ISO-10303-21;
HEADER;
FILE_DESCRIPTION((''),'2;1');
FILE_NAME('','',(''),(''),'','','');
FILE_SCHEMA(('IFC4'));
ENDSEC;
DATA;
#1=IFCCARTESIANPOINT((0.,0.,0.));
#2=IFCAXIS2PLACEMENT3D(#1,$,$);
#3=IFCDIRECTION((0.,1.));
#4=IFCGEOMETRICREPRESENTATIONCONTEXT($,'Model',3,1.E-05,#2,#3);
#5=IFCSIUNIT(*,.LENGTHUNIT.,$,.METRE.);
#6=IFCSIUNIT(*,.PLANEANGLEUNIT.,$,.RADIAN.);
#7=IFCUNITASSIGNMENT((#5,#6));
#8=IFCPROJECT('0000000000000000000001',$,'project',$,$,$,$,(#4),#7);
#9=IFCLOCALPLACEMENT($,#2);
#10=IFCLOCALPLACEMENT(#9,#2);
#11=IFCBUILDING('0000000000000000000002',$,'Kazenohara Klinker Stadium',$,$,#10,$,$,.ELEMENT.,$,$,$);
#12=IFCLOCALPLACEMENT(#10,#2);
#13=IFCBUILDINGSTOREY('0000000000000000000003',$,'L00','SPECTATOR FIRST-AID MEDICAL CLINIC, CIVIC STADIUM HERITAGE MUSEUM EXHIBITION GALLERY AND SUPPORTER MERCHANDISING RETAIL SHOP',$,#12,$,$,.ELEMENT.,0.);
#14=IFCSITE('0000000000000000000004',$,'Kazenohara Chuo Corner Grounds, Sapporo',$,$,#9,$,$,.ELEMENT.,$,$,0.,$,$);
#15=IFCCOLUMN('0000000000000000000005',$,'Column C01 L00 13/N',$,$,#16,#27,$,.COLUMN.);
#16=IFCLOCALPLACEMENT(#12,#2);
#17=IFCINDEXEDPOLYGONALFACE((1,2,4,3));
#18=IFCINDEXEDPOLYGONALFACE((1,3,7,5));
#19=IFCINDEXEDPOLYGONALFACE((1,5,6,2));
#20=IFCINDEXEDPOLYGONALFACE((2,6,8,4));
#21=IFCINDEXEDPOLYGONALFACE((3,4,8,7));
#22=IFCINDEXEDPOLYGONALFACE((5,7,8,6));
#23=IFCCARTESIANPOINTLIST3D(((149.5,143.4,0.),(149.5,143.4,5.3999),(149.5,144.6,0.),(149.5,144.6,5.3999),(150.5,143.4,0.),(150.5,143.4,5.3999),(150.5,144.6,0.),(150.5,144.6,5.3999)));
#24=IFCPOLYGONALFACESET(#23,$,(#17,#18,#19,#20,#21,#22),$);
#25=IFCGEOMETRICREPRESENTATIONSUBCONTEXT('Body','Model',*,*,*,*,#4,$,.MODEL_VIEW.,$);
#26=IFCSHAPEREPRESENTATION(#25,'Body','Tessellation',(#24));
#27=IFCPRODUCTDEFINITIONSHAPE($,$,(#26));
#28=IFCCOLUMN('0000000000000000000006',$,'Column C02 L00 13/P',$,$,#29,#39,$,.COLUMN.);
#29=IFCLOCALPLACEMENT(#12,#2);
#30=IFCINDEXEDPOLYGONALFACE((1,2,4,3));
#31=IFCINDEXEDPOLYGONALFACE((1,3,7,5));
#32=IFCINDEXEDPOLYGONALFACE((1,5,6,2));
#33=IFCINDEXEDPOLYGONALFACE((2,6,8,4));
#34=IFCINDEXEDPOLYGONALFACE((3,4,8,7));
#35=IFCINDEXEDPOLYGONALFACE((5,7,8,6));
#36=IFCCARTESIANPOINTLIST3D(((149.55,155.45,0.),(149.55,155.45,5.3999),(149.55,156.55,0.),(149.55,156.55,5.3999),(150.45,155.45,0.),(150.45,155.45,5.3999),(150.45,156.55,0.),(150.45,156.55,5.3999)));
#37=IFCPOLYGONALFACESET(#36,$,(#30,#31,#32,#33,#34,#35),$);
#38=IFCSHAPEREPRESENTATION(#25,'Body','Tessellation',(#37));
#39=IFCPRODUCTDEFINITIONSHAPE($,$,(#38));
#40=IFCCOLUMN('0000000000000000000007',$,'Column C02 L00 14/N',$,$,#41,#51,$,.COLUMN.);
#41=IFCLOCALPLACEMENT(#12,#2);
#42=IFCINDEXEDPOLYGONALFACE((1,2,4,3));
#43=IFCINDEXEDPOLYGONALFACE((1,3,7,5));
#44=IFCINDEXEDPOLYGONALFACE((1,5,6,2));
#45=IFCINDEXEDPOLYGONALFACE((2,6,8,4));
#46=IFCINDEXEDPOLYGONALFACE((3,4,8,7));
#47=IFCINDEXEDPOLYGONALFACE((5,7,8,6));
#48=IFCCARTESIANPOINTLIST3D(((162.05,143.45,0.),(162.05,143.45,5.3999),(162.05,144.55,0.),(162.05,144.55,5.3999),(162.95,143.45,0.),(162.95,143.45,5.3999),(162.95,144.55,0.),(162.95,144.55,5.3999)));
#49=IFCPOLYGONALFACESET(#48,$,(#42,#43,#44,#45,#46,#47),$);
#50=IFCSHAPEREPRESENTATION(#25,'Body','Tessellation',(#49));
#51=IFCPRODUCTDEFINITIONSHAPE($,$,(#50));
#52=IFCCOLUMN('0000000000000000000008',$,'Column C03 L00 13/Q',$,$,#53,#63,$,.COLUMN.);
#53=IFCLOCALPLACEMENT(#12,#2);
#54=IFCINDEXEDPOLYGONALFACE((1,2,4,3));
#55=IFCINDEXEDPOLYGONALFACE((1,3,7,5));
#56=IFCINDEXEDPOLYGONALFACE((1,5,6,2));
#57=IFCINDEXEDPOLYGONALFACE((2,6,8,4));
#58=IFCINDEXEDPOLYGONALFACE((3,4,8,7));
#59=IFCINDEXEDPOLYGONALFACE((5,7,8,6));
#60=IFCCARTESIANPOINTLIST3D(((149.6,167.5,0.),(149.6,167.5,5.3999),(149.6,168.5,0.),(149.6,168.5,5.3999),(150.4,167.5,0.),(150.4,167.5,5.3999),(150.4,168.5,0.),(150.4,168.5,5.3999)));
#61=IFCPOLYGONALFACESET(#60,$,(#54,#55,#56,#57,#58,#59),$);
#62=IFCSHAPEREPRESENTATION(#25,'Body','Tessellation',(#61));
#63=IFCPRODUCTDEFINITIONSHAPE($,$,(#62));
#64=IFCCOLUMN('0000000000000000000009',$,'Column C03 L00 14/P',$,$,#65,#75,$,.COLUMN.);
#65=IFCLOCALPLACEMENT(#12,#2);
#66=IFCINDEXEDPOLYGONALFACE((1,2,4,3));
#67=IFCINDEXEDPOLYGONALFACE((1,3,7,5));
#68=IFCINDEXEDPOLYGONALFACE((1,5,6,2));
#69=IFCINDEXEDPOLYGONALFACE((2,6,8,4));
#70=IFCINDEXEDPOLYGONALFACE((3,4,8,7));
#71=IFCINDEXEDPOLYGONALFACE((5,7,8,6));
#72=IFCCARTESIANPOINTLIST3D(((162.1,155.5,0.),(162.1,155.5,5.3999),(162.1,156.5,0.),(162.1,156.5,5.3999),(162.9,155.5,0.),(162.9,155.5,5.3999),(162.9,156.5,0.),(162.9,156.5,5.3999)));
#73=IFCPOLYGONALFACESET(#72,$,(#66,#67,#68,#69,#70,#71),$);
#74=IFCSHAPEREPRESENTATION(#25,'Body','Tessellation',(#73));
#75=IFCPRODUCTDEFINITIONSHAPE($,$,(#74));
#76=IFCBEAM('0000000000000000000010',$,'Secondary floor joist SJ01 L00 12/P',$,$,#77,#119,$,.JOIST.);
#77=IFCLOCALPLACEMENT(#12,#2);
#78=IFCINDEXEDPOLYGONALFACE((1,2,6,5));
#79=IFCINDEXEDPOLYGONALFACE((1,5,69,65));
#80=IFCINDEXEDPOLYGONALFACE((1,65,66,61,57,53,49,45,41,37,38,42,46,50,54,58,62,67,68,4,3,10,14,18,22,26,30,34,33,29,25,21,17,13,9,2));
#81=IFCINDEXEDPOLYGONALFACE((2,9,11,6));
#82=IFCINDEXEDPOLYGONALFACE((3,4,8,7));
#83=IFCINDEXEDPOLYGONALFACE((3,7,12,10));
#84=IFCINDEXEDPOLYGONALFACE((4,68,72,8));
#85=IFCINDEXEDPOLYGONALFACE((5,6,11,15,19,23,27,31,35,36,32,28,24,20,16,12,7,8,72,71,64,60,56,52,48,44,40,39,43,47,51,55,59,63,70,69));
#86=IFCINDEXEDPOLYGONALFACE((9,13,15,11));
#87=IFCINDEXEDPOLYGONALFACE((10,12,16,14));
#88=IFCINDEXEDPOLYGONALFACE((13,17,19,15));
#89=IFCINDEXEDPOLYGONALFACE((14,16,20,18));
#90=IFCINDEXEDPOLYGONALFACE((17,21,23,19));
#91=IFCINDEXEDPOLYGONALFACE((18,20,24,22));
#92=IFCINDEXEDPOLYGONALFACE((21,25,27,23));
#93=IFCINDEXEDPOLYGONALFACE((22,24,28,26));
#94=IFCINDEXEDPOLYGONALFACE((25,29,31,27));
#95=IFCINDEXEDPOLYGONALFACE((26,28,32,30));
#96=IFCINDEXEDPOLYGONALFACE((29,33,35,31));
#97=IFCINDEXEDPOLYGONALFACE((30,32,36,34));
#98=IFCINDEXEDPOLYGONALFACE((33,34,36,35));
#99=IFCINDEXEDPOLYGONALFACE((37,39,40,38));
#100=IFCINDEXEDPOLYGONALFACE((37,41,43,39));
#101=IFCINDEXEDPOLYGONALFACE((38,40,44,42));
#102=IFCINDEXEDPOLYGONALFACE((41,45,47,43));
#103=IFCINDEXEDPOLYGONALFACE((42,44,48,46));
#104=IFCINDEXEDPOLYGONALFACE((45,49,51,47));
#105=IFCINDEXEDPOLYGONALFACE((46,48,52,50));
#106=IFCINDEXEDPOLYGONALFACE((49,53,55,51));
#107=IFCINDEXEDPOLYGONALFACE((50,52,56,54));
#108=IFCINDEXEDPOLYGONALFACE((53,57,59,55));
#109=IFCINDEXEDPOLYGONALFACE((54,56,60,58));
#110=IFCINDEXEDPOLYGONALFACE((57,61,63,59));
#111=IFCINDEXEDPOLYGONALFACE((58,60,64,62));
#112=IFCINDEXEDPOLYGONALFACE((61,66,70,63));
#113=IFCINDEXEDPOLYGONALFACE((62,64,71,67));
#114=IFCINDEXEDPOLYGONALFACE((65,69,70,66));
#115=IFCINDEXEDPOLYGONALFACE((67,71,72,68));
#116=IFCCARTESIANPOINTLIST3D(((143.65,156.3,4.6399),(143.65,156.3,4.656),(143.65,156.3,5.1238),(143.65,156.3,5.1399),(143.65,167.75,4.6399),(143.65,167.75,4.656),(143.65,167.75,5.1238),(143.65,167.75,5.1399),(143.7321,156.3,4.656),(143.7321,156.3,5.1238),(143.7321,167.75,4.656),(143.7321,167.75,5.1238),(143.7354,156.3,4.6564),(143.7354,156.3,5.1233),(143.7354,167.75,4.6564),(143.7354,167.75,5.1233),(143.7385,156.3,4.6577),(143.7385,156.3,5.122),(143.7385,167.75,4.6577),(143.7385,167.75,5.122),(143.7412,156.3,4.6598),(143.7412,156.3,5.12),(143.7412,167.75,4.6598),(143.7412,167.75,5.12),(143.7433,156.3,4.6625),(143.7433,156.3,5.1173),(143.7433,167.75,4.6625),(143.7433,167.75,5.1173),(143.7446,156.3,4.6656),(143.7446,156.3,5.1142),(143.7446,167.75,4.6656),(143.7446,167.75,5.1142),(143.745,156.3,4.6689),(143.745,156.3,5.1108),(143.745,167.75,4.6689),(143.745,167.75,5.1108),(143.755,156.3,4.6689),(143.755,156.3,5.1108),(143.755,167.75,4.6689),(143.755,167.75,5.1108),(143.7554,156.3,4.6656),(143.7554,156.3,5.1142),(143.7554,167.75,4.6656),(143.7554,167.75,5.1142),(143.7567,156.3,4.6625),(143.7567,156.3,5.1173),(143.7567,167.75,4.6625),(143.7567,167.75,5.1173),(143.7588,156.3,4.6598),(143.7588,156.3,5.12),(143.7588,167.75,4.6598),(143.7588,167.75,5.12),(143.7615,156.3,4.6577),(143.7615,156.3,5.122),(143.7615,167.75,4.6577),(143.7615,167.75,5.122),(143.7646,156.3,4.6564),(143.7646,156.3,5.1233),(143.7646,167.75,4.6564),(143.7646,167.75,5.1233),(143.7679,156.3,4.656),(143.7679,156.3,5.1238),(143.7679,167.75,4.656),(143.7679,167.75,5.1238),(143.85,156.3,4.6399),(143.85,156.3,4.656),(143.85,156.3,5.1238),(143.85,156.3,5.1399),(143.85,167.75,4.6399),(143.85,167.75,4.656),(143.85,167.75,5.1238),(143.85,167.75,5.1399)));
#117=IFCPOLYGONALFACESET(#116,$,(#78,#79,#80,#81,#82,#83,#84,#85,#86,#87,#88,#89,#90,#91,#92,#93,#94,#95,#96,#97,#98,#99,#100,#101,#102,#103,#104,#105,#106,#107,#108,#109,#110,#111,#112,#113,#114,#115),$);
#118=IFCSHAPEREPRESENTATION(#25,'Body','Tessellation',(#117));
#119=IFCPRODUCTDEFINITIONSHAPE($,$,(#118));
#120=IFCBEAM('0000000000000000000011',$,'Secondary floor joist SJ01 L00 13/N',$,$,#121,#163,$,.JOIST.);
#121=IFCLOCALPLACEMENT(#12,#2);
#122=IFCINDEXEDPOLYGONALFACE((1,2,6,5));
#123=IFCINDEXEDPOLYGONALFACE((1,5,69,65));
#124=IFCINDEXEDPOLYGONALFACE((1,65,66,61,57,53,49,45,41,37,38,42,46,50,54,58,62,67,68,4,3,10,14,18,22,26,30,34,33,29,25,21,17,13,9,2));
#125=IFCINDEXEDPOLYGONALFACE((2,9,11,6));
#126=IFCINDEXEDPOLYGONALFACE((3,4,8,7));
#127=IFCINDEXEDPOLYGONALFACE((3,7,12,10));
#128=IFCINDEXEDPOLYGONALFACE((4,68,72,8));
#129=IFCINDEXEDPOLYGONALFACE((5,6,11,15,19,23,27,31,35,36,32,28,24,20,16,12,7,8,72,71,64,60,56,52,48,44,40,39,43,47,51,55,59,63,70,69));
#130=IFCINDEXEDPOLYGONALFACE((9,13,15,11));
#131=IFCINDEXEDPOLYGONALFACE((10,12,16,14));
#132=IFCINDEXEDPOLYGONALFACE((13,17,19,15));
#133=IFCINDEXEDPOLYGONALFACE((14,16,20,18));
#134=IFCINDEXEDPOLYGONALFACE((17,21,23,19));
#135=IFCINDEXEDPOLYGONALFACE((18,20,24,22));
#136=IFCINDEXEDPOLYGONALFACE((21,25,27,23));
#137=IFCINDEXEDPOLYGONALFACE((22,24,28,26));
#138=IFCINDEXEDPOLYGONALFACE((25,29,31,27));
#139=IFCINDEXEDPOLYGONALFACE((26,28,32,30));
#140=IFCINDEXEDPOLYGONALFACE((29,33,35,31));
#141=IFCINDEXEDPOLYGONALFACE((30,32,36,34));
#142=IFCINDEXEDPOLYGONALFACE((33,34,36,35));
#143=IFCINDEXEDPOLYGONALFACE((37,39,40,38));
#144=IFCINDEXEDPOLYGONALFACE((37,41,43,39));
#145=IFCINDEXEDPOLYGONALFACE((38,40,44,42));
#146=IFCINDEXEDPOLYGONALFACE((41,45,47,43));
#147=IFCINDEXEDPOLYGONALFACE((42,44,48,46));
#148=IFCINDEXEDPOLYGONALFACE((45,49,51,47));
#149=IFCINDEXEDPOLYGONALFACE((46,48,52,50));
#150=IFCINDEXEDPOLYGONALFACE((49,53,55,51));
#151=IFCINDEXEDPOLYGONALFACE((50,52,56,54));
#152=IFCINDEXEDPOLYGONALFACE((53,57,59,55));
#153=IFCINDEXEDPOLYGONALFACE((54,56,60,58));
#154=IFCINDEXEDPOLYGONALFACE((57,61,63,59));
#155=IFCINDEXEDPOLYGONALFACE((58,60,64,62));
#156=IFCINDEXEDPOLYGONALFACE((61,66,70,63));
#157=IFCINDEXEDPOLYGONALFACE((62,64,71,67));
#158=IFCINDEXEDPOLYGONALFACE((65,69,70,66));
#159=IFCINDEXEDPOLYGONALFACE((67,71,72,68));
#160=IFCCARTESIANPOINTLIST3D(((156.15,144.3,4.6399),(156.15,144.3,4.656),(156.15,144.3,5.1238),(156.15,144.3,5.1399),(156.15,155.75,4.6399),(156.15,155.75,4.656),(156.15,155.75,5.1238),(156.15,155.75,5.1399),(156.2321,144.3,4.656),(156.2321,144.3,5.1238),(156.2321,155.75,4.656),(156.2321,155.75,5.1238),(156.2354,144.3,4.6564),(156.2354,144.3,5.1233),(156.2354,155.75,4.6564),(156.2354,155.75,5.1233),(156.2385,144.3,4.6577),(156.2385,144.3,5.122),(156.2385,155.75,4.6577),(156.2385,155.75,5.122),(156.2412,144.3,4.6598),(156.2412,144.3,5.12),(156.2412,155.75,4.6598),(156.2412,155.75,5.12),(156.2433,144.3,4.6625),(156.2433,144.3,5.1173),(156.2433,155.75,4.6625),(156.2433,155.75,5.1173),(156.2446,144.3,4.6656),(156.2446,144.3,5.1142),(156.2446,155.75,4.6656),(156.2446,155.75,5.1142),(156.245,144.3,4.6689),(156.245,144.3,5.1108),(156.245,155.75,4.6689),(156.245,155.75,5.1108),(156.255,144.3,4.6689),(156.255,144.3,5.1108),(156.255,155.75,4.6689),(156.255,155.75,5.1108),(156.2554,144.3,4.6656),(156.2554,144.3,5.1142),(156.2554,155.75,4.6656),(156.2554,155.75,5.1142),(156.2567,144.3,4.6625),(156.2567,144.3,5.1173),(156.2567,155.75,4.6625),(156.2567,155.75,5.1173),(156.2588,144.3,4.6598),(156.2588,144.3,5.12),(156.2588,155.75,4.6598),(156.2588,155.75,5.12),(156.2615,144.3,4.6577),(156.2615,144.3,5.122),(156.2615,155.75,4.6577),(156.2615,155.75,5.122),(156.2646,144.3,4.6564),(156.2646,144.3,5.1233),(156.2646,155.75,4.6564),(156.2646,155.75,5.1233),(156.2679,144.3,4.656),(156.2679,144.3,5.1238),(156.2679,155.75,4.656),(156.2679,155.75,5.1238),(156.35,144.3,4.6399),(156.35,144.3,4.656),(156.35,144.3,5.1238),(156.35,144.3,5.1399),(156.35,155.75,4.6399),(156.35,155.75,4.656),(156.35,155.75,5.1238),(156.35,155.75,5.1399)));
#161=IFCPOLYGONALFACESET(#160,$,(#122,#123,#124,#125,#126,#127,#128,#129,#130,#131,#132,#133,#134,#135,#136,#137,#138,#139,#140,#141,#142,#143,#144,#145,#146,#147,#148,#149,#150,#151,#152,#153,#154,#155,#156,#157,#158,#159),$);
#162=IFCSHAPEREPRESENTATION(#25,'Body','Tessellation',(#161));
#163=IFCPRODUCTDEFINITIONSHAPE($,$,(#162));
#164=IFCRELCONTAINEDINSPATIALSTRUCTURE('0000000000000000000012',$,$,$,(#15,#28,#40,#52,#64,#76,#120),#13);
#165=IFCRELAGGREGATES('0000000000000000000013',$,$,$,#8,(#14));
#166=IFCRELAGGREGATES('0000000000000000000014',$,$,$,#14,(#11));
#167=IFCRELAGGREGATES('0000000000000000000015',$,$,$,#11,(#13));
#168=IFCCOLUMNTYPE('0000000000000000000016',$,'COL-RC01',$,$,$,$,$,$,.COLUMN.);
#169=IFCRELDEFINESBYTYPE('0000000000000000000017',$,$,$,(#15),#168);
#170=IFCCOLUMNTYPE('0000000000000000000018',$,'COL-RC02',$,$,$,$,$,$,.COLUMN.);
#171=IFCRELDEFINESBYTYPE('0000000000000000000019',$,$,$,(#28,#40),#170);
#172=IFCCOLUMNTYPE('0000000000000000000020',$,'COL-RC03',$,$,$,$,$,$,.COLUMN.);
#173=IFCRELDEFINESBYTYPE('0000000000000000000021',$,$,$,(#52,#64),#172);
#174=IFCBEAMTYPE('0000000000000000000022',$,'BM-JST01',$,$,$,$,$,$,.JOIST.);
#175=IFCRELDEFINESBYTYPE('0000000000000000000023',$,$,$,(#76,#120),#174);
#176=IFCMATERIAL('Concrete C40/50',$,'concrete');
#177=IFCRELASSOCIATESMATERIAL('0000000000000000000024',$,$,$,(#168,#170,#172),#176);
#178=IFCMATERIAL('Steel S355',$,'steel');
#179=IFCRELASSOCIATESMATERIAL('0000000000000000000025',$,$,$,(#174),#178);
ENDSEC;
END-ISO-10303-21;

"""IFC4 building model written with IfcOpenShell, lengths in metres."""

from ifc_helpers import new_model, si_unit, direction, frame, origin, origin_2d, place, context, subcontext, project, spatial, rectangle, i_section, extrude, material, material_profile, profile_set, type_object, element, save


model = new_model("IFC4")

# Units and contexts
model_context = context("Model", 3, precision=1e-05, world=origin(), true_north=direction((0.0, 1.0)))
body_context = subcontext(model_context, "Body", "Model", "MODEL_VIEW")
ifc_project = project(units=[si_unit("LENGTHUNIT", "METRE"), si_unit("PLANEANGLEUNIT", "RADIAN")], contexts=[model_context])

# Site, building, storey
site_placement = place(None, origin())
site = spatial("IfcSite", under=ifc_project, at=site_placement, Name="Kazenohara Chuo Corner Grounds, Sapporo", CompositionType="ELEMENT", RefElevation=0.0)
building_placement = place(site_placement, origin())
building = spatial("IfcBuilding", under=site, at=building_placement, Name="Kazenohara Klinker Stadium", CompositionType="ELEMENT")
storey_placement = place(building_placement, origin())
storey = spatial("IfcBuildingStorey", under=building, at=storey_placement, Name="L00", Description="SPECTATOR FIRST-AID MEDICAL CLINIC, CIVIC STADIUM HERITAGE MUSEUM EXHIBITION GALLERY AND SUPPORTER MERCHANDISING RETAIL SHOP", CompositionType="ELEMENT", Elevation=0.0)

# Columns
ifc_material_1 = material(Name="Concrete C40/50", Category="concrete")
ifc_material_profile_1 = material_profile(ifc_material_1, rectangle(XDim=1.0, YDim=1.2, at=origin_2d()), Name="RC-COL-1200x1000")
ifc_profile_set_1 = profile_set([ifc_material_profile_1], Name="Concrete C40/50")
column_type_1 = type_object("IfcColumnType", Name="COL-RC01", PredefinedType="COLUMN", material=ifc_profile_set_1)
column_placement = place(storey_placement, frame((150.0, 144.0, 0.0), z_axis=(0.0, 0.0, 1.0), x_axis=(1.0, 0.0, 0.0)))
element("IfcColumn", 1, at=column_placement, inside=storey, type_object=column_type_1, Name="Column C01 L00 13/N", PredefinedType="COLUMN", context=body_context, shape_type="SweptSolid", body=[
    extrude(rectangle(XDim=1.0, YDim=1.2, at=origin_2d()), origin(), (0.0, 0.0, 1.0), 5.3999),
])
ifc_material_profile_2 = material_profile(ifc_material_1, rectangle(XDim=0.8999, YDim=1.1001, at=origin_2d()), Name="RC-COL-1100x900")
ifc_profile_set_2 = profile_set([ifc_material_profile_2], Name="Concrete C40/50")
column_type_2 = type_object("IfcColumnType", Name="COL-RC02", PredefinedType="COLUMN", material=ifc_profile_set_2)
for number, where, z_axis, x_axis, name in (
    (2, (150.0, 156.0, 0.0), (0.0, 0.0, 1.0), (1.0, 0.0, 0.0), "Column C02 L00 13/P"),
    (3, (162.5, 144.0, 0.0), (0.0, 0.0, 1.0), (1.0, 0.0, 0.0), "Column C02 L00 14/N"),
):
    element("IfcColumn", number, at=place(storey_placement, frame(where, z_axis=z_axis, x_axis=x_axis)), inside=storey, type_object=column_type_2, Name=name, PredefinedType="COLUMN", context=body_context, shape_type="SweptSolid", body=[
        extrude(rectangle(XDim=0.8999, YDim=1.1001, at=origin_2d()), origin(), (0.0, 0.0, 1.0), 5.3999),
    ])
ifc_material_profile_3 = material_profile(ifc_material_1, rectangle(XDim=0.8, YDim=1.0, at=origin_2d()), Name="RC-COL-1000x800")
ifc_profile_set_3 = profile_set([ifc_material_profile_3], Name="Concrete C40/50")
column_type_3 = type_object("IfcColumnType", Name="COL-RC03", PredefinedType="COLUMN", material=ifc_profile_set_3)
for number, where, z_axis, x_axis, name in (
    (4, (150.0, 168.0, 0.0), (0.0, 0.0, 1.0), (1.0, 0.0, 0.0), "Column C03 L00 13/Q"),
    (5, (162.5, 156.0, 0.0), (0.0, 0.0, 1.0), (1.0, 0.0, 0.0), "Column C03 L00 14/P"),
):
    element("IfcColumn", number, at=place(storey_placement, frame(where, z_axis=z_axis, x_axis=x_axis)), inside=storey, type_object=column_type_3, Name=name, PredefinedType="COLUMN", context=body_context, shape_type="SweptSolid", body=[
        extrude(rectangle(XDim=0.8, YDim=1.0, at=origin_2d()), origin(), (0.0, 0.0, 1.0), 5.3999),
    ])

# Beams
ifc_material_2 = material(Name="Steel S355", Category="steel")
ifc_material_profile_4 = material_profile(ifc_material_2, i_section(OverallWidth=0.2, OverallDepth=0.5, WebThickness=0.01, FlangeThickness=0.0161, FilletRadius=0.0129, at=origin_2d()), Name="H-500x200x10x16")
ifc_profile_set_4 = profile_set([ifc_material_profile_4], Name="Steel S355")
beam_type_1 = type_object("IfcBeamType", Name="BM-JST01", PredefinedType="JOIST", material=ifc_profile_set_4)
for number, where, z_axis, x_axis, name in (
    (6, (143.75, 156.3, 4.8899), (0.0, 1.0, 0.0), (-1.0, 0.0, 0.0), "Secondary floor joist SJ01 L00 12/P"),
    (7, (156.25, 144.3, 4.8899), (0.0, 1.0, 0.0), (-1.0, 0.0, 0.0), "Secondary floor joist SJ01 L00 13/N"),
):
    element("IfcBeam", number, at=place(storey_placement, frame(where, z_axis=z_axis, x_axis=x_axis)), inside=storey, type_object=beam_type_1, Name=name, PredefinedType="JOIST", context=body_context, shape_type="SweptSolid", body=[
        extrude(i_section(OverallWidth=0.2, OverallDepth=0.5, WebThickness=0.01, FlangeThickness=0.0161, FilletRadius=0.0129, at=origin_2d()), origin(), (0.0, 0.0, 1.0), 11.45),
    ])

save(model, "model.ifc")
